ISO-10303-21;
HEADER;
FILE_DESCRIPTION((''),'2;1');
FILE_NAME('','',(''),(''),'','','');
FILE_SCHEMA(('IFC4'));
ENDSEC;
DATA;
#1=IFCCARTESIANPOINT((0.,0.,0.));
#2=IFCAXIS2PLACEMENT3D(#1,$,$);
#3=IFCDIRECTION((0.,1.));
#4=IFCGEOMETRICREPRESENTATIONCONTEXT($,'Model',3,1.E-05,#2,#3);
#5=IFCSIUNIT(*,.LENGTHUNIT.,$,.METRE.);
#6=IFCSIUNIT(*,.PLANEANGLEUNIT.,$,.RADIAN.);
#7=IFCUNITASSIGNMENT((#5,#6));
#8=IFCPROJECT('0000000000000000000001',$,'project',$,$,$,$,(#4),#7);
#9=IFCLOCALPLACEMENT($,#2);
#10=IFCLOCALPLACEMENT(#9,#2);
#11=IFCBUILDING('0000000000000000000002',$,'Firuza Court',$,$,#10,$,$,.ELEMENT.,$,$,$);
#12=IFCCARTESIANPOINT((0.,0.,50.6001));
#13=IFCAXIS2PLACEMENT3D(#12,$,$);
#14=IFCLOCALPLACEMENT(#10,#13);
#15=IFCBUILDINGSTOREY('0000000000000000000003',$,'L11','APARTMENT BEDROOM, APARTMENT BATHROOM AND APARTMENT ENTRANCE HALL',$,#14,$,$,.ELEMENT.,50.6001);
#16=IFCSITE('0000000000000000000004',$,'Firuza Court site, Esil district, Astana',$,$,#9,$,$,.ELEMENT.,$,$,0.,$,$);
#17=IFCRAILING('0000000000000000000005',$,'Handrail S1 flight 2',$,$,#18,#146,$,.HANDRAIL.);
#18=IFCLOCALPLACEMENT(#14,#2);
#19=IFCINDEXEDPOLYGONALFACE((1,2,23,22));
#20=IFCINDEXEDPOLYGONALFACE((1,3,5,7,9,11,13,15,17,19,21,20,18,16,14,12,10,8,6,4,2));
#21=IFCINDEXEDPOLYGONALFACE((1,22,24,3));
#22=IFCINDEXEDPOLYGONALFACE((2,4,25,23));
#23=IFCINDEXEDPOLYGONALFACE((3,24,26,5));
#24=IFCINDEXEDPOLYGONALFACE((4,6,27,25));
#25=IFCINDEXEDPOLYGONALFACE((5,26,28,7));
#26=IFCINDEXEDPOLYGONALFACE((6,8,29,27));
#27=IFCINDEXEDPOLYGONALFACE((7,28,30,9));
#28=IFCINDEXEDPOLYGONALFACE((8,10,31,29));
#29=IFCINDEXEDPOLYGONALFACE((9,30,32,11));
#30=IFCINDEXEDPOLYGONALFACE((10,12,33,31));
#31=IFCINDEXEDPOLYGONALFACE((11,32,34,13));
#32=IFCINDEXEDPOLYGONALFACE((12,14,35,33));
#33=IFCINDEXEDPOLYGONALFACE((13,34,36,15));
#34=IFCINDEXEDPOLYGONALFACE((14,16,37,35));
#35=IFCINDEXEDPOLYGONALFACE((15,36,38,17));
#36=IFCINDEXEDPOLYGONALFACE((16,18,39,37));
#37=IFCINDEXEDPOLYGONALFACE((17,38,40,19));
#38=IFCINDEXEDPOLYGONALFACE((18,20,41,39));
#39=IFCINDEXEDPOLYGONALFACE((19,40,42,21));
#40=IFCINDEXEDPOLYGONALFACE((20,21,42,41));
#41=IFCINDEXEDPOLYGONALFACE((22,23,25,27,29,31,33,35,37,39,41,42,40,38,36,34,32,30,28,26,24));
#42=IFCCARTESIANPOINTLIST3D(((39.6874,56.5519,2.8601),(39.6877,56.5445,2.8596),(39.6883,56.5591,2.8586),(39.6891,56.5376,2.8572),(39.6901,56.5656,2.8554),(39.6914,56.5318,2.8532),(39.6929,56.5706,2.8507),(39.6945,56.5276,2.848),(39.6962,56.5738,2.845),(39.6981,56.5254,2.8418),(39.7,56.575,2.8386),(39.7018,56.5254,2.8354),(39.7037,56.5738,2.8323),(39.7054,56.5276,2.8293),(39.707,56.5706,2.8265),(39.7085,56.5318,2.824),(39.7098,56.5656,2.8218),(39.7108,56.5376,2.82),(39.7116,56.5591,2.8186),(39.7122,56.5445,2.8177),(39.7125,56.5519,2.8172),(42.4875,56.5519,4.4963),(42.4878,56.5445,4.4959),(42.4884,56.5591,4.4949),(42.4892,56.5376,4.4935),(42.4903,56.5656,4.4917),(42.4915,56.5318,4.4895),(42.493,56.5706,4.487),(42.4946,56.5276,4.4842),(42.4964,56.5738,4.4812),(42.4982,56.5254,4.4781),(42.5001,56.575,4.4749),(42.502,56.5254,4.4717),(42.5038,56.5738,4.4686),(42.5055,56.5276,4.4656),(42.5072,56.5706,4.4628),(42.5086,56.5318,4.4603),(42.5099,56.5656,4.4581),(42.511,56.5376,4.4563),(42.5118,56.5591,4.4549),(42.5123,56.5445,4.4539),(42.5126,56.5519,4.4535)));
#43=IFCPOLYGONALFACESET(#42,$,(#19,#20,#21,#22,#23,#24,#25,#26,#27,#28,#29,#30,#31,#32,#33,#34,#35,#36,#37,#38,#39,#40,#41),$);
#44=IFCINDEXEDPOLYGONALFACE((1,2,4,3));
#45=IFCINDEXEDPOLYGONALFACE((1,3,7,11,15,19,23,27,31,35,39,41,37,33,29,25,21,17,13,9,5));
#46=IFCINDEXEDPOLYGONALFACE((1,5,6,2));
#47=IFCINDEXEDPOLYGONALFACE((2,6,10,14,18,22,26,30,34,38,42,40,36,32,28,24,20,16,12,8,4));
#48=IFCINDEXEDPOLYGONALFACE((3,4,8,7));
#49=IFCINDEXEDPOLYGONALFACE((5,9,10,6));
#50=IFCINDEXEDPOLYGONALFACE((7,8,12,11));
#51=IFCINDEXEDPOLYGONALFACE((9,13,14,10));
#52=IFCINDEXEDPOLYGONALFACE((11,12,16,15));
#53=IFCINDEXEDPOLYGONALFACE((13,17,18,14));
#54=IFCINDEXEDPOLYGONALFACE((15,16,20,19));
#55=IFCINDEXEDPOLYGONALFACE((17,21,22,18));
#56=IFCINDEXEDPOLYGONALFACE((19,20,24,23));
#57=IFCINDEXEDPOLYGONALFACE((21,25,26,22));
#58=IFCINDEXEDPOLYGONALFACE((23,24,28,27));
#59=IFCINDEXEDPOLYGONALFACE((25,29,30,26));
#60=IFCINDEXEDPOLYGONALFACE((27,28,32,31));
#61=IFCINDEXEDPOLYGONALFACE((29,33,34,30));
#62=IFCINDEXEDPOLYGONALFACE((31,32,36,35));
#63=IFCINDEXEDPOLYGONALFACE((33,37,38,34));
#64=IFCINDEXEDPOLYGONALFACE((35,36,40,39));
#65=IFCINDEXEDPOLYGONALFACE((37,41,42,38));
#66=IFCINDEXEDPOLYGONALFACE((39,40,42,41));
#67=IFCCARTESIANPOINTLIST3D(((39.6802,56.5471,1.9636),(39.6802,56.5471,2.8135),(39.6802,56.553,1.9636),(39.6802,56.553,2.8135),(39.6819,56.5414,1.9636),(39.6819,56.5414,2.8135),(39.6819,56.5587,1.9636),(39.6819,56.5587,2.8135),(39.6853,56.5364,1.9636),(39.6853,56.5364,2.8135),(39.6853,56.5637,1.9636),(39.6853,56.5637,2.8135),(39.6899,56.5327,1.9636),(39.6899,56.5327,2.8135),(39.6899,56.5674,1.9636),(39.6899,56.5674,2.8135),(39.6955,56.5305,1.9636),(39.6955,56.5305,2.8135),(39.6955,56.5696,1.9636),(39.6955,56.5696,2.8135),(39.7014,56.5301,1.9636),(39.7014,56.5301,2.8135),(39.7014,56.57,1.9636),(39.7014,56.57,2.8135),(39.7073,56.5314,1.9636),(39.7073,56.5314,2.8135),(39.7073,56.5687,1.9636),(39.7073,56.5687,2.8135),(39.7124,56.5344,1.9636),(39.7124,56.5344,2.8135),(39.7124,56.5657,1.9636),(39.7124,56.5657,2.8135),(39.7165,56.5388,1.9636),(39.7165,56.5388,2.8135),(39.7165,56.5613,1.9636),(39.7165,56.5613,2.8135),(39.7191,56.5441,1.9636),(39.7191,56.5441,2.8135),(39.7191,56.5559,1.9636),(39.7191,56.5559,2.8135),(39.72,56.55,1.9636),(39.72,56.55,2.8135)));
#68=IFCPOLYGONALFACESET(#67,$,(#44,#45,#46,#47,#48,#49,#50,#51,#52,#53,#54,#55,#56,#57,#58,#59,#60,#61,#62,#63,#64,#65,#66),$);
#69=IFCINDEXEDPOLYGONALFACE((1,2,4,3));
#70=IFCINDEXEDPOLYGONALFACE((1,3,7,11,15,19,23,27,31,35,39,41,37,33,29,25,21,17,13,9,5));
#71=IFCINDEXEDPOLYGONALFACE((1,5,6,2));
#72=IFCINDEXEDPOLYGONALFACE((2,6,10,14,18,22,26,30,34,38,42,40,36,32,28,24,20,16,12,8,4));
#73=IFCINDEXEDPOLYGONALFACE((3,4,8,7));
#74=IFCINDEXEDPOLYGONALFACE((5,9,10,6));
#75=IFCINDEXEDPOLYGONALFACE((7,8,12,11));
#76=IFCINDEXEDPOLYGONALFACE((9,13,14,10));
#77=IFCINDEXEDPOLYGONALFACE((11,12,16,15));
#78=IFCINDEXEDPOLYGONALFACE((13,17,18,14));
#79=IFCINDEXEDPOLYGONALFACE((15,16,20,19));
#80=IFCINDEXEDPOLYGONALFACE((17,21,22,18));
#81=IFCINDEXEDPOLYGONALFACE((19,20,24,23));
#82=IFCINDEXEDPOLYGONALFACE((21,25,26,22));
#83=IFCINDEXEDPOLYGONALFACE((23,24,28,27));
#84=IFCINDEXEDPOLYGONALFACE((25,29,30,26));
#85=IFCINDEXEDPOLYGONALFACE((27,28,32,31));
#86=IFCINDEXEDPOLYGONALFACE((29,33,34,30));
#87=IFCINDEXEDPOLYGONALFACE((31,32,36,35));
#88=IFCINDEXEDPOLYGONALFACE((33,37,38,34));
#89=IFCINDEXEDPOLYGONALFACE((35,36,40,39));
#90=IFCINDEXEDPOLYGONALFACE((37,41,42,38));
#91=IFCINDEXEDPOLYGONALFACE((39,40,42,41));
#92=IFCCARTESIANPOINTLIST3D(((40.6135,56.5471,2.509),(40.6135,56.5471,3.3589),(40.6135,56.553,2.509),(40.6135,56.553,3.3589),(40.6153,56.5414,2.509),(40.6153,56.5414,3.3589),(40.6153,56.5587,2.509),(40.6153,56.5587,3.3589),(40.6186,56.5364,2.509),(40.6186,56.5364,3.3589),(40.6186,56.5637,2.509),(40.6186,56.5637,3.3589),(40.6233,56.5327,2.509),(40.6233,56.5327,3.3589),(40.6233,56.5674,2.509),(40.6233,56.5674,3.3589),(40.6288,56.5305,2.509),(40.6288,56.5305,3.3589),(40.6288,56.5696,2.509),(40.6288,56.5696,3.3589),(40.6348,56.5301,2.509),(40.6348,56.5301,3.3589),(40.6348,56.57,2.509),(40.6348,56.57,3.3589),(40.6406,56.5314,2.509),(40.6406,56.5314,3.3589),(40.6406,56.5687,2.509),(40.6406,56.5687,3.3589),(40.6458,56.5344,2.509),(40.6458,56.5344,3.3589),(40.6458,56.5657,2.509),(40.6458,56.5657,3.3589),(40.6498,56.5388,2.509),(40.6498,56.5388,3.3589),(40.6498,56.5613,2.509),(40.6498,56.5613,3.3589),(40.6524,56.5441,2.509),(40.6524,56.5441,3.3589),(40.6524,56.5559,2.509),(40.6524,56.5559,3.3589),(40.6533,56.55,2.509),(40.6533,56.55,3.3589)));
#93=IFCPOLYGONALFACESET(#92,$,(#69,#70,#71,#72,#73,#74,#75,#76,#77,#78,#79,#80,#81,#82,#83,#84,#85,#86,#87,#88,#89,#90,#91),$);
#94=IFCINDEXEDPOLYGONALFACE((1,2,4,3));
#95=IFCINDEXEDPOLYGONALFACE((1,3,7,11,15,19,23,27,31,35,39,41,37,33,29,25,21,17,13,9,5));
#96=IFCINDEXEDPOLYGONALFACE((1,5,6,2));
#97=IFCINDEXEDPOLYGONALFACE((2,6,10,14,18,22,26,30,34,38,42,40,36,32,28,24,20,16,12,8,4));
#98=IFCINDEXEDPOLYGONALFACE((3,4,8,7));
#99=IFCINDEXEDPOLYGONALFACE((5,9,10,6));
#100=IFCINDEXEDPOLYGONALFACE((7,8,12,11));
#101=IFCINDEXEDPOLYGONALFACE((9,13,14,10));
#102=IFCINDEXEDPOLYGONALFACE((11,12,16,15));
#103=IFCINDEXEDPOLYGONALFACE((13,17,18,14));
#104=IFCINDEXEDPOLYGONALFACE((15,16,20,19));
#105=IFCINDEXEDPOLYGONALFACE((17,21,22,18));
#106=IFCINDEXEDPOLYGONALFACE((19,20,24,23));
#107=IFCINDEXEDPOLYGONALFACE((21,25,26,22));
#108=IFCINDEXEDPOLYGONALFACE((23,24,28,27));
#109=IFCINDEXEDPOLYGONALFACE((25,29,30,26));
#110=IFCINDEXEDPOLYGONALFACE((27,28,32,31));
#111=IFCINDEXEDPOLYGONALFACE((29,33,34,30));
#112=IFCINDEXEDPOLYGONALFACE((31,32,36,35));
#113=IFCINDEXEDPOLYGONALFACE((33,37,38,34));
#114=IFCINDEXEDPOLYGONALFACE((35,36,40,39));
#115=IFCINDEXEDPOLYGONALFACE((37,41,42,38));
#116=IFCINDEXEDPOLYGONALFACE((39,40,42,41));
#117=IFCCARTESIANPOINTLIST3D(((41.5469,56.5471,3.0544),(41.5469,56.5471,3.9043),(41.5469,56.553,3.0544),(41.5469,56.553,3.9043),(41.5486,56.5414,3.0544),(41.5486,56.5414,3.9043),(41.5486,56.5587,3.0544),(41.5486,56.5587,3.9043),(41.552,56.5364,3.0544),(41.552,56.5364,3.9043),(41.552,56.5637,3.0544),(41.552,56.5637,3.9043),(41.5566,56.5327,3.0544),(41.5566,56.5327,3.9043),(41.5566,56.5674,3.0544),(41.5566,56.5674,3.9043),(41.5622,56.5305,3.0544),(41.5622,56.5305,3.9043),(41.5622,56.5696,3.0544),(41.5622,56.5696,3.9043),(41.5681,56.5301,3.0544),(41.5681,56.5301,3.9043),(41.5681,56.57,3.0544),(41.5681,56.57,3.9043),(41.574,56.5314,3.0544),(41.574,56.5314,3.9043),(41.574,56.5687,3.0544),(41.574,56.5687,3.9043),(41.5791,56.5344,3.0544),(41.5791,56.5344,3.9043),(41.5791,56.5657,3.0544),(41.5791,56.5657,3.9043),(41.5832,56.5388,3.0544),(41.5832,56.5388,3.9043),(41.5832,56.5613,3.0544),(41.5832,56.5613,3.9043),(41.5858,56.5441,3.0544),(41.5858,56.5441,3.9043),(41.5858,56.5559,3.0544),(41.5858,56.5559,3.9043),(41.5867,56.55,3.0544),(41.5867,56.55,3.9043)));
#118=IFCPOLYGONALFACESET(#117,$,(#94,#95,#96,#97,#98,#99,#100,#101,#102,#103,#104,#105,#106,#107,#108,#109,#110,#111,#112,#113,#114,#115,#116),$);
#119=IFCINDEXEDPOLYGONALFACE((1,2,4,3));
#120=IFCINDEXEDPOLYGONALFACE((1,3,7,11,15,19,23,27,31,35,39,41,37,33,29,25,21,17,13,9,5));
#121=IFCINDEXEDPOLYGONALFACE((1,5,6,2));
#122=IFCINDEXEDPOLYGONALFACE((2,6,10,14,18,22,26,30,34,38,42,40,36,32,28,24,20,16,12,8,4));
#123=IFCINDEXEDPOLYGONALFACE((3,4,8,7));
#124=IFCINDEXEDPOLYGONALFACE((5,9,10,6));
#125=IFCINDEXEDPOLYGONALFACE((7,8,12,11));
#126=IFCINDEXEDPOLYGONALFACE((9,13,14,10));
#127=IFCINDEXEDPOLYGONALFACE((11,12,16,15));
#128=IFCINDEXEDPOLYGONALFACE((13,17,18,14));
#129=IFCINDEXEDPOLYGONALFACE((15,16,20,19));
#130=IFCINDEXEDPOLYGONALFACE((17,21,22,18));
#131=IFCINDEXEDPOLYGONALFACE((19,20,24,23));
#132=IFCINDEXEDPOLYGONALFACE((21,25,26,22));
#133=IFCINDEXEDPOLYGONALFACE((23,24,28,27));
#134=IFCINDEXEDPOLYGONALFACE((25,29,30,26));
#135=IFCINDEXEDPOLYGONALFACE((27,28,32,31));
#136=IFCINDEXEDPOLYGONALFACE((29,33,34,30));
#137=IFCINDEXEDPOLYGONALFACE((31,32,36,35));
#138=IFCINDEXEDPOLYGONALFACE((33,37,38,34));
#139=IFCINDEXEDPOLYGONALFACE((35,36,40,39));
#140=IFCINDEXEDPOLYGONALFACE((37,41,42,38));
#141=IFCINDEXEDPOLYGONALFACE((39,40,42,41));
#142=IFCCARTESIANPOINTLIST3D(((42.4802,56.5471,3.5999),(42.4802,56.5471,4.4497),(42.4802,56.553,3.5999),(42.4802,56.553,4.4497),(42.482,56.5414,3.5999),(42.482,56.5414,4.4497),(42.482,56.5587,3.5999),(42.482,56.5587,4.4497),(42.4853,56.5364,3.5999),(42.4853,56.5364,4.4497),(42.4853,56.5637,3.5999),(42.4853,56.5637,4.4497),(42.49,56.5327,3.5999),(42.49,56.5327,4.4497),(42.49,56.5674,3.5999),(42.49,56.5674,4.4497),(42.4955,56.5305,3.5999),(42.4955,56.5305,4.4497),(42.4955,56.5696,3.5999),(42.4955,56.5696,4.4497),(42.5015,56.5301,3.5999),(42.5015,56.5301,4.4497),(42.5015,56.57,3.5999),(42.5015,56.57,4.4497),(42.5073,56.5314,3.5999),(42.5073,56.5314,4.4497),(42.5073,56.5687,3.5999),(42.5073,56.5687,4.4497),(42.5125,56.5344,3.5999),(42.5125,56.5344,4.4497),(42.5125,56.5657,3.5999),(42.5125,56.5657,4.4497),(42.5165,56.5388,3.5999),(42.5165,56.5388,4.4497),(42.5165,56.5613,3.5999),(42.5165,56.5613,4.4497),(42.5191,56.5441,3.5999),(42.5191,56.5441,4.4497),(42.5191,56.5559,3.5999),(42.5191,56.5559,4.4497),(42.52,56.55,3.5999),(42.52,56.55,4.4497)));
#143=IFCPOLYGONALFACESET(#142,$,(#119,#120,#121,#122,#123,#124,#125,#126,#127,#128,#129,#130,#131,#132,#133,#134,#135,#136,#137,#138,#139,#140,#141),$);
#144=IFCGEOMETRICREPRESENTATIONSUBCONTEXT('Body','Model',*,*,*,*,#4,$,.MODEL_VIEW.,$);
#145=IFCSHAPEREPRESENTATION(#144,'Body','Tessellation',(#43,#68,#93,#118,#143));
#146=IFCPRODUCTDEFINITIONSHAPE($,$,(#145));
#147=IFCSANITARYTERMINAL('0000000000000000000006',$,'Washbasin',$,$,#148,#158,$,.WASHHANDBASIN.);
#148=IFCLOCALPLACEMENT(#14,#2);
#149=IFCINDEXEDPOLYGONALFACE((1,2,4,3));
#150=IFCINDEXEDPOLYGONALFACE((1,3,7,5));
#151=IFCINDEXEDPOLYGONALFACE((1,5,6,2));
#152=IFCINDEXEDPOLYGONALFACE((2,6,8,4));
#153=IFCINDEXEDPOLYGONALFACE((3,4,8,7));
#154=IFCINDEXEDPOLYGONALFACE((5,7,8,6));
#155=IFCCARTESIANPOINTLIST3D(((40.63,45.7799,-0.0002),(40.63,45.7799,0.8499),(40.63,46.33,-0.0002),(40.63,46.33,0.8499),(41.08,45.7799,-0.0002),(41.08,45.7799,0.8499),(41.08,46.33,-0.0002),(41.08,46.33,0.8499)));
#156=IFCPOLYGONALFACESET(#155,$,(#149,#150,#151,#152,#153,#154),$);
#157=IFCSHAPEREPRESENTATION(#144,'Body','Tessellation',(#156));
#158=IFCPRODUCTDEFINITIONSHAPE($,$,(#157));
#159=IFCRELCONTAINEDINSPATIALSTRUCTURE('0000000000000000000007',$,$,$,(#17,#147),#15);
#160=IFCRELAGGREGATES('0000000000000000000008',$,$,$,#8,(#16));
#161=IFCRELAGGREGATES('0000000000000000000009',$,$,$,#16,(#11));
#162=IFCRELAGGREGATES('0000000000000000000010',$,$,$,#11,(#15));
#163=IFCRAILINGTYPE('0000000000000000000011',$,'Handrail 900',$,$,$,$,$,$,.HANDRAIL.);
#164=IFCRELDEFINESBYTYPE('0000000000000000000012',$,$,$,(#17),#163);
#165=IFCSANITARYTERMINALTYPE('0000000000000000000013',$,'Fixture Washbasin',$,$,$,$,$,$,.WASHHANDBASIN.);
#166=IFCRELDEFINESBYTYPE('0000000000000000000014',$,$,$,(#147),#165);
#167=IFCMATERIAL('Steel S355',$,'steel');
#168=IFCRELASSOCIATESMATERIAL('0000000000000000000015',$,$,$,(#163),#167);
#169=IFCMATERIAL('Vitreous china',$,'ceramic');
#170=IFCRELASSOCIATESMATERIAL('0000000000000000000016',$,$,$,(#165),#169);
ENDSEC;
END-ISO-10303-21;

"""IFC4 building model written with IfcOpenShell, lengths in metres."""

from ifc_helpers import new_model, si_unit, direction, frame, origin, origin_2d, place, context, subcontext, project, spatial, rectangle, circle, extrude, material, type_object, element, save


model = new_model("IFC4")

# Units and contexts
model_context = context("Model", 3, precision=1e-05, world=origin(), true_north=direction((0.0, 1.0)))
body_context = subcontext(model_context, "Body", "Model", "MODEL_VIEW")
ifc_project = project(units=[si_unit("LENGTHUNIT", "METRE"), si_unit("PLANEANGLEUNIT", "RADIAN")], contexts=[model_context])

# Site, building, storey
site_placement = place(None, origin())
site = spatial("IfcSite", under=ifc_project, at=site_placement, Name="Firuza Court site, Esil district, Astana", CompositionType="ELEMENT", RefElevation=0.0)
building_placement = place(site_placement, origin())
building = spatial("IfcBuilding", under=site, at=building_placement, Name="Firuza Court", CompositionType="ELEMENT")
storey_placement = place(building_placement, frame((0.0, 0.0, 50.6001)))
storey = spatial("IfcBuildingStorey", under=building, at=storey_placement, Name="L11", Description="APARTMENT BEDROOM, APARTMENT BATHROOM AND APARTMENT ENTRANCE HALL", CompositionType="ELEMENT", Elevation=50.6001)

# Railing
ifc_material_1 = material(Name="Steel S355", Category="steel")
railing_type_1 = type_object("IfcRailingType", Name="Handrail 900", PredefinedType="HANDRAIL", material=ifc_material_1)
railing_1_placement = place(storey_placement, frame((39.7, 56.55, 1.9636)))
element("IfcRailing", 1, at=railing_1_placement, inside=storey, type_object=railing_type_1, Name="Handrail S1 flight 2", PredefinedType="HANDRAIL", context=body_context, shape_type="SweptSolid", body=[
    extrude(circle(Radius=0.0249, at=origin_2d()), frame((0.0, 0.0, 0.875), z_axis=(0.863394, 0.0, 0.504531), x_axis=(0.0, 1.0, 0.0)), (0.0, 0.0, 1.0), 3.2432),
    extrude(circle(Radius=0.02, at=origin_2d()), origin(), (0.0, 0.0, 1.0), 0.8499),
    extrude(circle(Radius=0.02, at=origin_2d()), frame((0.9333, 0.0, 0.5454)), (0.0, 0.0, 1.0), 0.8499),
    extrude(circle(Radius=0.02, at=origin_2d()), frame((1.8667, 0.0, 1.0908)), (0.0, 0.0, 1.0), 0.8499),
    extrude(circle(Radius=0.02, at=origin_2d()), frame((2.8, 0.0, 1.6362)), (0.0, 0.0, 1.0), 0.8499),
])

# Sanitary terminal
ifc_material_2 = material(Name="Vitreous china", Category="ceramic")
sanitary_terminal_type = type_object("IfcSanitaryTerminalType", Name="Fixture Washbasin", PredefinedType="WASHHANDBASIN", material=ifc_material_2)
sanitary_terminal_placement = place(storey_placement, frame((40.855, 46.0549, -0.0002), z_axis=(0.0, 0.0, 1.0), x_axis=(1.0, 0.0, 0.0)))
element("IfcSanitaryTerminal", 2, at=sanitary_terminal_placement, inside=storey, type_object=sanitary_terminal_type, Name="Washbasin", PredefinedType="WASHHANDBASIN", context=body_context, shape_type="SweptSolid", body=[
    extrude(rectangle(XDim=0.45, YDim=0.55, at=origin_2d()), origin(), (0.0, 0.0, 1.0), 0.8501),
])

save(model, "model.ifc")
